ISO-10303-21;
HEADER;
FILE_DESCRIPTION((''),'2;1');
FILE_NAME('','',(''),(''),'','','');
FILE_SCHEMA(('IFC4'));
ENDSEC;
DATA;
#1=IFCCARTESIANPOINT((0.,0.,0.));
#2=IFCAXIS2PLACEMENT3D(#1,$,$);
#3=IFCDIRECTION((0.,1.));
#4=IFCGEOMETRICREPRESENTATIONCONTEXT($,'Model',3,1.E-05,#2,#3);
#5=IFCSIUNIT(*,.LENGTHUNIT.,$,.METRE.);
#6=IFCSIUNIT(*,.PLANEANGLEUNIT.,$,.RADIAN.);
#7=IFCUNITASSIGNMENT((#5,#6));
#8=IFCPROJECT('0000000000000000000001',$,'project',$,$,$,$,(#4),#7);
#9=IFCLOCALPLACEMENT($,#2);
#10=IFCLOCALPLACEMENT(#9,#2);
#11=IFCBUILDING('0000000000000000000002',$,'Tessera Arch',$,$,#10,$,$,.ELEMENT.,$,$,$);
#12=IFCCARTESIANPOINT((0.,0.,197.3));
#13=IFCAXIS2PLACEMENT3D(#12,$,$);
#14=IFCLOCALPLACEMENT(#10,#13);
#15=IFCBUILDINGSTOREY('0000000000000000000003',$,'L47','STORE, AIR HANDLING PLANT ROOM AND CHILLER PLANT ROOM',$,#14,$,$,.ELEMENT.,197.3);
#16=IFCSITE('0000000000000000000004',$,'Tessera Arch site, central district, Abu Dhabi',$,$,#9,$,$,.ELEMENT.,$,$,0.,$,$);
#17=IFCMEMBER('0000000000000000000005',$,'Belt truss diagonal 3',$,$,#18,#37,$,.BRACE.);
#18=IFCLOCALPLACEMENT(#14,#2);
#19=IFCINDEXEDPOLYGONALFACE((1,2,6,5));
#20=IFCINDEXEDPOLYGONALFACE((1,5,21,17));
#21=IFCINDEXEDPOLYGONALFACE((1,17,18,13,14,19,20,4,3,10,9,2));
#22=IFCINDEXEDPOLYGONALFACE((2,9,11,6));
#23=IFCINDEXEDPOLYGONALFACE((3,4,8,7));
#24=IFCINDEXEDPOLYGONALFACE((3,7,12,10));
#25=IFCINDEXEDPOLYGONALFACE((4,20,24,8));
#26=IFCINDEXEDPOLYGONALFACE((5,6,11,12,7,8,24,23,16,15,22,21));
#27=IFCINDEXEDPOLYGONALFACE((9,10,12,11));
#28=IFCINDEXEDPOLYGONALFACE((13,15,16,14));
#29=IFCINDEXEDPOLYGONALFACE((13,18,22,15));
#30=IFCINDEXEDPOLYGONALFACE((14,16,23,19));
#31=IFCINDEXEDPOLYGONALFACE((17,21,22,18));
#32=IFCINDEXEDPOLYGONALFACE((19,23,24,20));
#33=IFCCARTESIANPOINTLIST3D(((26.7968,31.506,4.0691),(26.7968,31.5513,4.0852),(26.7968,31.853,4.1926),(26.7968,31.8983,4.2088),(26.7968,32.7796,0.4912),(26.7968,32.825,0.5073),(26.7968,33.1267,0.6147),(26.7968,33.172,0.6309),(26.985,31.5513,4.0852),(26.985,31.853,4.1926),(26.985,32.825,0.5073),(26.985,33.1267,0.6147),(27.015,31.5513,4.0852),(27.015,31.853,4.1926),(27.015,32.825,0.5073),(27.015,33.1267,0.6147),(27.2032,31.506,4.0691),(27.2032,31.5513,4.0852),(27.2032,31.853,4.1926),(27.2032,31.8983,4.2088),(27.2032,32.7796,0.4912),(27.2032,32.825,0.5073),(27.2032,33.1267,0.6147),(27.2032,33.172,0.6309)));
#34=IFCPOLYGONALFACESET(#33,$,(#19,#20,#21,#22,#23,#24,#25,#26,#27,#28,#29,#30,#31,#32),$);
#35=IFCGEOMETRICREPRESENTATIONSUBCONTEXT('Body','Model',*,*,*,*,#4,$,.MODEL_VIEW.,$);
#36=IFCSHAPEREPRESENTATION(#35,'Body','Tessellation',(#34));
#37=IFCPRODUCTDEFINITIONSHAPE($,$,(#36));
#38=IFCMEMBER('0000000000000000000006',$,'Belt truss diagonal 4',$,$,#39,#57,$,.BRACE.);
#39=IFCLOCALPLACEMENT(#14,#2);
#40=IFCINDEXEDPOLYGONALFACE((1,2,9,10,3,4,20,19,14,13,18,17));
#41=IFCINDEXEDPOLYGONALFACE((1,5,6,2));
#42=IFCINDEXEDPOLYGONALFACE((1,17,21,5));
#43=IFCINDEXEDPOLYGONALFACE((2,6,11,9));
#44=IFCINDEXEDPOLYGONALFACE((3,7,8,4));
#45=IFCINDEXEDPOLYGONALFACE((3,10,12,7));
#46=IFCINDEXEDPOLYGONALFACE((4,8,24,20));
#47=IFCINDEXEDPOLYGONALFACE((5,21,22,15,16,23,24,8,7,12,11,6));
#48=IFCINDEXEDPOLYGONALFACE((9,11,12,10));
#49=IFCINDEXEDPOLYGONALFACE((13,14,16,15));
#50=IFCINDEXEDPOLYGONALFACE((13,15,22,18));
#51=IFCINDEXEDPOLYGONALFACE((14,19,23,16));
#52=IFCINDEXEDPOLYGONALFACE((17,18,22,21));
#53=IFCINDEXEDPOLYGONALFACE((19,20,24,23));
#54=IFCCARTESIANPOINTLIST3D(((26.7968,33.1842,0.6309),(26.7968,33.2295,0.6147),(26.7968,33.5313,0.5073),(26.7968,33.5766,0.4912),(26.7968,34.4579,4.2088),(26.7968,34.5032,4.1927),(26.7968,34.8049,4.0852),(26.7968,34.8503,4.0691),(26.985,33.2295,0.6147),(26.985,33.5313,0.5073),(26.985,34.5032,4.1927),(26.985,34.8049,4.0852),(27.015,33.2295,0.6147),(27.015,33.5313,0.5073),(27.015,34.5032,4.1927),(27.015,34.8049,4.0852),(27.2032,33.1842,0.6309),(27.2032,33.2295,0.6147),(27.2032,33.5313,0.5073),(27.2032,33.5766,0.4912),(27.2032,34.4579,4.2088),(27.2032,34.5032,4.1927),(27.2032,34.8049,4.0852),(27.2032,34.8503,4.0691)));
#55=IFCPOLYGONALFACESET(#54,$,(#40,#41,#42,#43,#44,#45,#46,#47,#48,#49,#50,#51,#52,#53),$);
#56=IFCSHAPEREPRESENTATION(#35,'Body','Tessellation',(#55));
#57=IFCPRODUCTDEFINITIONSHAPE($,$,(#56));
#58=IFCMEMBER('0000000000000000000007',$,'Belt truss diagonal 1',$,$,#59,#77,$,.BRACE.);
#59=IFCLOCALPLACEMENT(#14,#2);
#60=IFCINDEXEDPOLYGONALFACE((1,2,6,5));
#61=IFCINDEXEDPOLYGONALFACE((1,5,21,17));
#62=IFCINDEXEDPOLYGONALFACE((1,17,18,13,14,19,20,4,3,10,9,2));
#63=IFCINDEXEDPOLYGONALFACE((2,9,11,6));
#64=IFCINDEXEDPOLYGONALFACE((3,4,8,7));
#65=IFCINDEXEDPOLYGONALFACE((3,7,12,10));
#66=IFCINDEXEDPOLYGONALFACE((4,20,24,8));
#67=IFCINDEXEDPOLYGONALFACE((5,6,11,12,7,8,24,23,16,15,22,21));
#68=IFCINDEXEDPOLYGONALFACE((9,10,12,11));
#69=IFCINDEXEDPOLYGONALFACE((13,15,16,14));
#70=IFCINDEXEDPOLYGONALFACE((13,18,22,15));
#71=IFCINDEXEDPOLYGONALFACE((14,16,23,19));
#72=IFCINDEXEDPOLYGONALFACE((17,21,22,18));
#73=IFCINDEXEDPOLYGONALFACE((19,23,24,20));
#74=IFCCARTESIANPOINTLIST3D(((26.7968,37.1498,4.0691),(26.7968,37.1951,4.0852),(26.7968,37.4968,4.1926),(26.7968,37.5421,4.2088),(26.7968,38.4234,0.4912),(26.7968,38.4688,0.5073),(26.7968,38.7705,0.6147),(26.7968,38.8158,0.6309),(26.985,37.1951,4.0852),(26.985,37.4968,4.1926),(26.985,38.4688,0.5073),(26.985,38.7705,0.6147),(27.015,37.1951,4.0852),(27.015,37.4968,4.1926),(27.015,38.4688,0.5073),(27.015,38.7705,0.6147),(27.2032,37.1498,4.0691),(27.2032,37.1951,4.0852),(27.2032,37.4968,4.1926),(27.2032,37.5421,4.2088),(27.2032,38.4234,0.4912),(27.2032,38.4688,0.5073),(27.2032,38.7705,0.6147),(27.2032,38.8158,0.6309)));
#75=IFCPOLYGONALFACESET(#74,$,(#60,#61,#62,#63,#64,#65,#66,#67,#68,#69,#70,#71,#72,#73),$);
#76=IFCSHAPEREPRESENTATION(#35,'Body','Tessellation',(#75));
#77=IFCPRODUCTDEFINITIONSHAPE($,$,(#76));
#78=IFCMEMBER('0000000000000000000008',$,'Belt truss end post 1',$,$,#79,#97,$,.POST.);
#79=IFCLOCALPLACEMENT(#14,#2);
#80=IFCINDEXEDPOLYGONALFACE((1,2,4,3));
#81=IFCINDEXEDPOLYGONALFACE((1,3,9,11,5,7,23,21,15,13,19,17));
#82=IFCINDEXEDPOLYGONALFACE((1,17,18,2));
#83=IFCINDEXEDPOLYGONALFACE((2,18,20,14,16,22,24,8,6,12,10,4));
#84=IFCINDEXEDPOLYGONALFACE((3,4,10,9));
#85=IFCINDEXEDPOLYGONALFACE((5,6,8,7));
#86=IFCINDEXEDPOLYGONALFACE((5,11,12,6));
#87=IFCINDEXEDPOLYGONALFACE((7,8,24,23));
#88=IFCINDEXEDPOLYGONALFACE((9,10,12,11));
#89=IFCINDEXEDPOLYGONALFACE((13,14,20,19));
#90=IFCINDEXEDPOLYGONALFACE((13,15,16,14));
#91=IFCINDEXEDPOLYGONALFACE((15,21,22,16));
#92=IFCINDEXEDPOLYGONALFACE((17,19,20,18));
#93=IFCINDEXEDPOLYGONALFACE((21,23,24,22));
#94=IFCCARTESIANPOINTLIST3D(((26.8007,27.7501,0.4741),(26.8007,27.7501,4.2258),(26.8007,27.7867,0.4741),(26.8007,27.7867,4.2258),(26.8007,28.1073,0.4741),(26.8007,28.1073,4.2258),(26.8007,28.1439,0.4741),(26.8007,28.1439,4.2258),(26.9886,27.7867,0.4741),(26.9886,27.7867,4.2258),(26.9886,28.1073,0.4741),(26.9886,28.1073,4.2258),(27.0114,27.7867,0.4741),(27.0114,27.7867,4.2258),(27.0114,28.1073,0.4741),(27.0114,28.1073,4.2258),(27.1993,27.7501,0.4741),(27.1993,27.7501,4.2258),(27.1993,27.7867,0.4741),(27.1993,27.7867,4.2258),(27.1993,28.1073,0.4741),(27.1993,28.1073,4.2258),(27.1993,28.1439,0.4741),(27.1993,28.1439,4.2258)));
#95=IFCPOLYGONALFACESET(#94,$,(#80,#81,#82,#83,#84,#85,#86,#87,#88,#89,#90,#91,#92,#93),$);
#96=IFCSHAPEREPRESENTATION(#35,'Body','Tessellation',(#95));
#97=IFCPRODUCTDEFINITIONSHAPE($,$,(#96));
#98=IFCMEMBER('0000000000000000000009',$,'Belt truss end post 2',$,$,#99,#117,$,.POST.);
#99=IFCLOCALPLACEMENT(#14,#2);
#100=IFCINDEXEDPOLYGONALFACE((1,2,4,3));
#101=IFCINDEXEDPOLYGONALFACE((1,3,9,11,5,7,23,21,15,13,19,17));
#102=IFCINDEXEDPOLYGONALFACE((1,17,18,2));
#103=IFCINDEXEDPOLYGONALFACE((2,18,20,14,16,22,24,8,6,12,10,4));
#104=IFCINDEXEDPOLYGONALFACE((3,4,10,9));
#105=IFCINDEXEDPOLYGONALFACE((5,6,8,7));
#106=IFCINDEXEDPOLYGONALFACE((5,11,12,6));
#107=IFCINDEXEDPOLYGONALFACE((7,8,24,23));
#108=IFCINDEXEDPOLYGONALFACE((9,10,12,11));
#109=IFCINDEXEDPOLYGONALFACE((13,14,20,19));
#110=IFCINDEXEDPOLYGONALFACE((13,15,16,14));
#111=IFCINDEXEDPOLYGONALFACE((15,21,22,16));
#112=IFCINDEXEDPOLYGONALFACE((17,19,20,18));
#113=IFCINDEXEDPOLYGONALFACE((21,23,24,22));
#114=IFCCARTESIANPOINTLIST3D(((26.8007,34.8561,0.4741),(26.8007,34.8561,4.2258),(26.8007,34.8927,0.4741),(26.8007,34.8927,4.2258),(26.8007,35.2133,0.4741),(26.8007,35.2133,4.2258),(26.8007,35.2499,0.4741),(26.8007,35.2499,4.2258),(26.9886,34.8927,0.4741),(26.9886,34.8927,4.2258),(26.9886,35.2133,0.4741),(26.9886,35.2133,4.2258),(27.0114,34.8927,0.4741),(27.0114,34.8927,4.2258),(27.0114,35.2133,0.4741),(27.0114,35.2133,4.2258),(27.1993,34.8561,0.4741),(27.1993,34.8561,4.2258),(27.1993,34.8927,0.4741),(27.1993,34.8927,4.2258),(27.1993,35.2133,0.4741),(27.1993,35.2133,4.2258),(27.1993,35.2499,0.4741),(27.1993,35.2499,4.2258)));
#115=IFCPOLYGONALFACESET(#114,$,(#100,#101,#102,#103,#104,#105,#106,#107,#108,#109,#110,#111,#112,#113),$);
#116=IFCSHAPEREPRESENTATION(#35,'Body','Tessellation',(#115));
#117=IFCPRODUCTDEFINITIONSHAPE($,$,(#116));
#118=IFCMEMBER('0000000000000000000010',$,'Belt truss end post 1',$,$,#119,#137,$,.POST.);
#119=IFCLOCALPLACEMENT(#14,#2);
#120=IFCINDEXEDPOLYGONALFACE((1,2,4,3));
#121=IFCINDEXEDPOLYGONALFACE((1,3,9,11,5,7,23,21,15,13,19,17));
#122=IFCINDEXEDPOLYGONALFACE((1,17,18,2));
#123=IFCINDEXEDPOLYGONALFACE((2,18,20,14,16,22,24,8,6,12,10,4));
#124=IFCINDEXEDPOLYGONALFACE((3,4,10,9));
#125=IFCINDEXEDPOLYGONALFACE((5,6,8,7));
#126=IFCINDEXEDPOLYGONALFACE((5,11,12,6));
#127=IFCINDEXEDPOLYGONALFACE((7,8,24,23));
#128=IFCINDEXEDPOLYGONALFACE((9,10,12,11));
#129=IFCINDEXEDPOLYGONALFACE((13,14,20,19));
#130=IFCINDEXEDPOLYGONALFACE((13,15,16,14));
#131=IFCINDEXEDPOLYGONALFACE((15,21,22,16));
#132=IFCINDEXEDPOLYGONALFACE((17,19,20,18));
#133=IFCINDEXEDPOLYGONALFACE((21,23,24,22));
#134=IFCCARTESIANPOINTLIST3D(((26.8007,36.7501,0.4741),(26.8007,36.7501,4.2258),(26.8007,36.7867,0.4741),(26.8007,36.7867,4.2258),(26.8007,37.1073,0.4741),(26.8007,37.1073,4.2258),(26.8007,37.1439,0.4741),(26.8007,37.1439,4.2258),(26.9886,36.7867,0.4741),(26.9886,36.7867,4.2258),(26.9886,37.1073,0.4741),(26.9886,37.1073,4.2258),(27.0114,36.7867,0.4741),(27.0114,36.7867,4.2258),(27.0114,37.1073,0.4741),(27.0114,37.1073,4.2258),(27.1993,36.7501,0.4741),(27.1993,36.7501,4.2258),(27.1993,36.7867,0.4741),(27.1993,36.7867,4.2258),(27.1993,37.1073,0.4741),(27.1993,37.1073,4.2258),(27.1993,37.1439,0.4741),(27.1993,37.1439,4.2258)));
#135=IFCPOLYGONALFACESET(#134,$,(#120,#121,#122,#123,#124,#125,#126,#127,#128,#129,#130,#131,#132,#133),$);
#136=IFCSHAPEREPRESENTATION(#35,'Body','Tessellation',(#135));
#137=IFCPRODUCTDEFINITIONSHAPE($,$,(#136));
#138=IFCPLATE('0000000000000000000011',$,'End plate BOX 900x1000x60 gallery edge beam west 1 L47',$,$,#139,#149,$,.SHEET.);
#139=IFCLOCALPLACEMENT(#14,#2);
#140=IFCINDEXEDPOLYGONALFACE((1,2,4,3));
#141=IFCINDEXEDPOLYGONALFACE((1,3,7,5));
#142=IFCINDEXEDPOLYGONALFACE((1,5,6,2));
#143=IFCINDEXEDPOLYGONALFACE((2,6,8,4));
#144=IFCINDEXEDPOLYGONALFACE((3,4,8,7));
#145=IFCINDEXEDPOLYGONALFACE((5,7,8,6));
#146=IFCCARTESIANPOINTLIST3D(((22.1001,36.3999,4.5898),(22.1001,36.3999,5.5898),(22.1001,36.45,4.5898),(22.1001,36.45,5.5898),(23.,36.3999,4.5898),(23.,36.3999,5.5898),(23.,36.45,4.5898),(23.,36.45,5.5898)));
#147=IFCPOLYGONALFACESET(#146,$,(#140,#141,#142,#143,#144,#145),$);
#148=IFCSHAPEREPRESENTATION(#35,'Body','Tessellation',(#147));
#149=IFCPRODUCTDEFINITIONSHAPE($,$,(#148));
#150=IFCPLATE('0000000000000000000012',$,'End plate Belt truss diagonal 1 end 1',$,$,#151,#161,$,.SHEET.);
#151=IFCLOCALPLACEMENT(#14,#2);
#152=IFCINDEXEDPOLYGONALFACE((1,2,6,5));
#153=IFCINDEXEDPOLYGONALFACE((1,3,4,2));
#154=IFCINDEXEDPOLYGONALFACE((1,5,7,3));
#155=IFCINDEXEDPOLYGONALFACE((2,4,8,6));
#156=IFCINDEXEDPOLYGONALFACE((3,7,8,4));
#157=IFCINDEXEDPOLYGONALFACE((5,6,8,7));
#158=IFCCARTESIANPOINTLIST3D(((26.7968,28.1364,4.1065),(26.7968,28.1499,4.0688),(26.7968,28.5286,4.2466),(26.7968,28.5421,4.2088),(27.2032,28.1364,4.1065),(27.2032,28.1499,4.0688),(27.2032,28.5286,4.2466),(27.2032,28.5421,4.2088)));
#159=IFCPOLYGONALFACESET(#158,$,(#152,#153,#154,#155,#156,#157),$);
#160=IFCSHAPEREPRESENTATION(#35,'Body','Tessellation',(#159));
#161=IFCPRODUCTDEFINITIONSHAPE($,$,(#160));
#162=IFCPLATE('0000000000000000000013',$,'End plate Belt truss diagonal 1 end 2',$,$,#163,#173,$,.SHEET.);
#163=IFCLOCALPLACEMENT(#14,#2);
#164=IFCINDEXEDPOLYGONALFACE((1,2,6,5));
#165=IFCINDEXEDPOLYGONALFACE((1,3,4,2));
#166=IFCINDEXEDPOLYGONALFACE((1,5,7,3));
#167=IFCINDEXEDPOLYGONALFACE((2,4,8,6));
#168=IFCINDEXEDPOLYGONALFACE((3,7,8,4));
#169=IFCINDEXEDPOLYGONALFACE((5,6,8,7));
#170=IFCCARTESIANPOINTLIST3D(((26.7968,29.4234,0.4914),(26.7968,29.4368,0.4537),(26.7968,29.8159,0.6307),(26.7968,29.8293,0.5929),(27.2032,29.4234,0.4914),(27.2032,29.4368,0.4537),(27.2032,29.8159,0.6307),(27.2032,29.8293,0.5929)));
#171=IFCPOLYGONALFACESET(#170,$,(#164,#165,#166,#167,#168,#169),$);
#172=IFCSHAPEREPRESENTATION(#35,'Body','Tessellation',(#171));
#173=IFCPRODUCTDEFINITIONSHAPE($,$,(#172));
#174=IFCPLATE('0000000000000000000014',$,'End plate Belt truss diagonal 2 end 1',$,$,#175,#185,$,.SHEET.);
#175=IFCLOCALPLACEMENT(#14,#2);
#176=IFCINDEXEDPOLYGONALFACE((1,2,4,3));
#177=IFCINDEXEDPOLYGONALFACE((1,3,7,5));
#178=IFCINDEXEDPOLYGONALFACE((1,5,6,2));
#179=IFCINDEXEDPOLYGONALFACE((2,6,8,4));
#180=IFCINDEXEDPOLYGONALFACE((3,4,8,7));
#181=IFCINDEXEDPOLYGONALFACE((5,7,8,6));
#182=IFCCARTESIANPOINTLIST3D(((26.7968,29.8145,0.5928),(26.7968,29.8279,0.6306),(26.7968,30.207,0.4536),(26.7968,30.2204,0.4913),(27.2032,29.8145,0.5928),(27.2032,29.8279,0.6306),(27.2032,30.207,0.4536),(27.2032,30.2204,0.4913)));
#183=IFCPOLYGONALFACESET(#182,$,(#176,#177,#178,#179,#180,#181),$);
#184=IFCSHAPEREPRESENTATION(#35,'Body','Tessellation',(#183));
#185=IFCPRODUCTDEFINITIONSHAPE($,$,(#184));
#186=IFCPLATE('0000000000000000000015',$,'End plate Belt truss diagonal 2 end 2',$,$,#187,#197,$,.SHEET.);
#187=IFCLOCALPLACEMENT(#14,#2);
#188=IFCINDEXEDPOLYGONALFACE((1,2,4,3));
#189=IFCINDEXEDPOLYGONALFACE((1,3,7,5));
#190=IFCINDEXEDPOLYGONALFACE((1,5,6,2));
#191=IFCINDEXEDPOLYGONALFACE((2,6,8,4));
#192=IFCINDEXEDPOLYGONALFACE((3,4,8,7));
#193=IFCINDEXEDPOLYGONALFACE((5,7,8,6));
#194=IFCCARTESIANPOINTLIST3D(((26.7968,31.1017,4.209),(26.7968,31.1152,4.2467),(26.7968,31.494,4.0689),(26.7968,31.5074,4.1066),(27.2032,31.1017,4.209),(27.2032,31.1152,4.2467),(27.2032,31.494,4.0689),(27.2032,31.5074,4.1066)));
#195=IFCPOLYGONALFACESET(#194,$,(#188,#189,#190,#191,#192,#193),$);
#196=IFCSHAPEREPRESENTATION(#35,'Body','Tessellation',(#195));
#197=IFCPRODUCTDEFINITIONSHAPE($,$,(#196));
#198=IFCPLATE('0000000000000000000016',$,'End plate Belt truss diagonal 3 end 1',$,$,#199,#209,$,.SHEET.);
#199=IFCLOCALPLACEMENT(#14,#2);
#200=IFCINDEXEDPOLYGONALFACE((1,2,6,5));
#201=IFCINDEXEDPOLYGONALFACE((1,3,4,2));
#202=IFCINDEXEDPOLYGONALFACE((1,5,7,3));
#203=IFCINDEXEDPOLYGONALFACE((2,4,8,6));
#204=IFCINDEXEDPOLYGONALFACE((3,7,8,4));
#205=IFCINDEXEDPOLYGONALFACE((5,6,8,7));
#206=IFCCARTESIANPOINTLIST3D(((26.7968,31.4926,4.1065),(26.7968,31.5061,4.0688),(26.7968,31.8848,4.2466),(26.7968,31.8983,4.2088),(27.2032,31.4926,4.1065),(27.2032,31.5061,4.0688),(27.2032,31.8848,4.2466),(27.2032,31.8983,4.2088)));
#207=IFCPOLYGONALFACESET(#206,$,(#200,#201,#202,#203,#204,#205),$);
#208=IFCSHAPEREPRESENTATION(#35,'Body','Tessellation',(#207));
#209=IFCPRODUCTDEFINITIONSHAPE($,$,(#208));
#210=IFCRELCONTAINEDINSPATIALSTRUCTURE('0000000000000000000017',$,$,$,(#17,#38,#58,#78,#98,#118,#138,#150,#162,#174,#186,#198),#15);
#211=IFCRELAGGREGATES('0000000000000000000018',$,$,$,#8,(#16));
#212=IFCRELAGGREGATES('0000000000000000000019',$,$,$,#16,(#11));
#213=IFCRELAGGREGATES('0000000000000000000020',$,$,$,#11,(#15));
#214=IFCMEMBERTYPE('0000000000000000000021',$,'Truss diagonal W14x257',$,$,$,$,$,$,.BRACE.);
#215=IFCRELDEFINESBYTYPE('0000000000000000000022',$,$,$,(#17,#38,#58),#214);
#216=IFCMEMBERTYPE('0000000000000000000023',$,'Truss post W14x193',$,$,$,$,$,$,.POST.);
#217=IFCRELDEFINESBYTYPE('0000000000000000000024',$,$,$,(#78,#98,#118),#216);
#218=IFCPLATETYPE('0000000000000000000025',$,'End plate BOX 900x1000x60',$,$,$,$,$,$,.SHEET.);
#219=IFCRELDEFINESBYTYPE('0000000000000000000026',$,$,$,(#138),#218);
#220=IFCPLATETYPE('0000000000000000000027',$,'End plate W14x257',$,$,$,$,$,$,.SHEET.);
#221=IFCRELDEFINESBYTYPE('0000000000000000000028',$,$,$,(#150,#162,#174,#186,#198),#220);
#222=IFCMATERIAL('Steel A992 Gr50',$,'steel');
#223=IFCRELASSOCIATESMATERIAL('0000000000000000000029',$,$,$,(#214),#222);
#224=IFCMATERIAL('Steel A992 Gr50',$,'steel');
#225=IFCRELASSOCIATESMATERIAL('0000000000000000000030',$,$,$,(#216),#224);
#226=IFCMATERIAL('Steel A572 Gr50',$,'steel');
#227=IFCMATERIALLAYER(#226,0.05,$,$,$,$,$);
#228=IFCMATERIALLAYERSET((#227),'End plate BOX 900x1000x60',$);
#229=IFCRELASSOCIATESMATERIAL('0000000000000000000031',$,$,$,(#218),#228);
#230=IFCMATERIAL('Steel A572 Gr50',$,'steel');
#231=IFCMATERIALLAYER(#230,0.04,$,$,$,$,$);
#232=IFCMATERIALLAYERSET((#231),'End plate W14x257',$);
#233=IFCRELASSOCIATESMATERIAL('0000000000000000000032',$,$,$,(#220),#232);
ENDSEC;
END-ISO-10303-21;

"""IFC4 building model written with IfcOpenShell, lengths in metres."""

from ifc_helpers import new_model, si_unit, direction, frame, origin, origin_2d, place, context, subcontext, project, spatial, rectangle, i_section, extrude, material, layer, layer_set, material_profile, profile_set, type_object, element, save


model = new_model("IFC4")

# Units and contexts
model_context = context("Model", 3, precision=1e-05, world=origin(), true_north=direction((0.0, 1.0)))
body_context = subcontext(model_context, "Body", "Model", "MODEL_VIEW")
ifc_project = project(units=[si_unit("LENGTHUNIT", "METRE"), si_unit("PLANEANGLEUNIT", "RADIAN")], contexts=[model_context])

# Site, building, storey
site_placement = place(None, origin())
site = spatial("IfcSite", under=ifc_project, at=site_placement, Name="Tessera Arch site, central district, Abu Dhabi", CompositionType="ELEMENT", RefElevation=0.0)
building_placement = place(site_placement, origin())
building = spatial("IfcBuilding", under=site, at=building_placement, Name="Tessera Arch", CompositionType="ELEMENT")
storey_placement = place(building_placement, frame((0.0, 0.0, 197.3)))
storey = spatial("IfcBuildingStorey", under=building, at=storey_placement, Name="L47", Description="STORE, AIR HANDLING PLANT ROOM AND CHILLER PLANT ROOM", CompositionType="ELEMENT", Elevation=197.3)

# Members
ifc_material_1 = material(Name="Steel A992 Gr50", Category="steel")
ifc_material_profile_1 = material_profile(ifc_material_1, i_section(OverallWidth=0.4065, OverallDepth=0.4165, WebThickness=0.03, FlangeThickness=0.0481, at=origin_2d()), Name="W14x257")
ifc_profile_set_1 = profile_set([ifc_material_profile_1], Name="Steel A992 Gr50")
member_type_1 = type_object("IfcMemberType", Name="Truss diagonal W14x257", PredefinedType="BRACE", material=ifc_profile_set_1)
for number, where, z_axis, x_axis, name in (
    (1, (27.0, 31.7021, 4.1389), (0.0, 0.335371, -0.942086), (-1.0, 0.0, 0.0), "Belt truss diagonal 3"),
    (2, (27.0, 33.3804, 0.561), (0.0, 0.335371, 0.942086), (-1.0, 0.0, 0.0), "Belt truss diagonal 4"),
    (3, (27.0, 37.3459, 4.1389), (0.0, 0.335371, -0.942086), (-1.0, 0.0, 0.0), "Belt truss diagonal 1"),
):
    element("IfcMember", number, at=place(storey_placement, frame(where, z_axis=z_axis, x_axis=x_axis)), inside=storey, type_object=member_type_1, Name=name, PredefinedType="BRACE", context=body_context, shape_type="SweptSolid", body=[
        extrude(i_section(OverallWidth=0.4065, OverallDepth=0.4165, WebThickness=0.03, FlangeThickness=0.0481, at=origin_2d()), origin(), (0.0, 0.0, 1.0), 3.7979),
    ])
ifc_material_2 = material(Name="Steel A992 Gr50", Category="steel")
ifc_material_profile_2 = material_profile(ifc_material_2, i_section(OverallWidth=0.3987, OverallDepth=0.3938, WebThickness=0.0227, FlangeThickness=0.0366, at=origin_2d()), Name="W14x193")
ifc_profile_set_2 = profile_set([ifc_material_profile_2], Name="Steel A992 Gr50")
member_type_2 = type_object("IfcMemberType", Name="Truss post W14x193", PredefinedType="POST", material=ifc_profile_set_2)
for number, where, z_axis, x_axis, name in (
    (4, (27.0, 27.947, 0.4741), (0.0, 0.0, 1.0), (1.0, 0.0, 0.0), "Belt truss end post 1"),
    (5, (27.0, 35.053, 0.4741), (0.0, 0.0, 1.0), (1.0, 0.0, 0.0), "Belt truss end post 2"),
    (6, (27.0, 36.947, 0.4741), (0.0, 0.0, 1.0), (1.0, 0.0, 0.0), "Belt truss end post 1"),
):
    element("IfcMember", number, at=place(storey_placement, frame(where, z_axis=z_axis, x_axis=x_axis)), inside=storey, type_object=member_type_2, Name=name, PredefinedType="POST", context=body_context, shape_type="SweptSolid", body=[
        extrude(i_section(OverallWidth=0.3987, OverallDepth=0.3938, WebThickness=0.0227, FlangeThickness=0.0366, at=origin_2d()), origin(), (0.0, 0.0, 1.0), 3.7517),
    ])

# Plates
ifc_material_3 = material(Name="Steel A572 Gr50", Category="steel")
ifc_layer_1 = layer(ifc_material_3, 0.05)
ifc_layer_set_1 = layer_set([ifc_layer_1], Name="End plate BOX 900x1000x60")
plate_type_1 = type_object("IfcPlateType", Name="End plate BOX 900x1000x60", PredefinedType="SHEET", material=ifc_layer_set_1)
plate_placement = place(storey_placement, frame((22.55, 36.3999, 5.0898), z_axis=(0.0, 1.0, 0.0), x_axis=(-1.0, 0.0, 0.0)))
element("IfcPlate", 7, at=plate_placement, inside=storey, type_object=plate_type_1, Name="End plate BOX 900x1000x60 gallery edge beam west 1 L47", PredefinedType="SHEET", context=body_context, shape_type="SweptSolid", body=[
    extrude(rectangle(XDim=0.8999, YDim=1.0, at=origin_2d()), origin(), (0.0, 0.0, 1.0), 0.05),
])
ifc_material_4 = material(Name="Steel A572 Gr50", Category="steel")
ifc_layer_2 = layer(ifc_material_4, 0.04)
ifc_layer_set_2 = layer_set([ifc_layer_2], Name="End plate W14x257")
plate_type_2 = type_object("IfcPlateType", Name="End plate W14x257", PredefinedType="SHEET", material=ifc_layer_set_2)
for number, where, z_axis, x_axis, name in (
    (8, (27.0, 28.3325, 4.1765), (0.0, 0.336336, -0.941742), (-1.0, 0.0, 0.0), "End plate Belt truss diagonal 1 end 1"),
    (9, (27.0, 29.6196, 0.561), (0.0, 0.33441, -0.942428), (-1.0, 0.0, 0.0), "End plate Belt truss diagonal 1 end 2"),
    (10, (27.0, 30.0107, 0.5232), (0.0, 0.33441, 0.942428), (-1.0, 0.0, 0.0), "End plate Belt truss diagonal 2 end 1"),
    (11, (27.0, 31.2979, 4.1389), (0.0, 0.336336, 0.941742), (-1.0, 0.0, 0.0), "End plate Belt truss diagonal 2 end 2"),
    (12, (27.0, 31.6887, 4.1765), (0.0, 0.336336, -0.941742), (-1.0, 0.0, 0.0), "End plate Belt truss diagonal 3 end 1"),
):
    element("IfcPlate", number, at=place(storey_placement, frame(where, z_axis=z_axis, x_axis=x_axis)), inside=storey, type_object=plate_type_2, Name=name, PredefinedType="SHEET", context=body_context, shape_type="SweptSolid", body=[
        extrude(rectangle(XDim=0.4065, YDim=0.4165, at=origin_2d()), origin(), (0.0, 0.0, 1.0), 0.04),
    ])

save(model, "model.ifc")
